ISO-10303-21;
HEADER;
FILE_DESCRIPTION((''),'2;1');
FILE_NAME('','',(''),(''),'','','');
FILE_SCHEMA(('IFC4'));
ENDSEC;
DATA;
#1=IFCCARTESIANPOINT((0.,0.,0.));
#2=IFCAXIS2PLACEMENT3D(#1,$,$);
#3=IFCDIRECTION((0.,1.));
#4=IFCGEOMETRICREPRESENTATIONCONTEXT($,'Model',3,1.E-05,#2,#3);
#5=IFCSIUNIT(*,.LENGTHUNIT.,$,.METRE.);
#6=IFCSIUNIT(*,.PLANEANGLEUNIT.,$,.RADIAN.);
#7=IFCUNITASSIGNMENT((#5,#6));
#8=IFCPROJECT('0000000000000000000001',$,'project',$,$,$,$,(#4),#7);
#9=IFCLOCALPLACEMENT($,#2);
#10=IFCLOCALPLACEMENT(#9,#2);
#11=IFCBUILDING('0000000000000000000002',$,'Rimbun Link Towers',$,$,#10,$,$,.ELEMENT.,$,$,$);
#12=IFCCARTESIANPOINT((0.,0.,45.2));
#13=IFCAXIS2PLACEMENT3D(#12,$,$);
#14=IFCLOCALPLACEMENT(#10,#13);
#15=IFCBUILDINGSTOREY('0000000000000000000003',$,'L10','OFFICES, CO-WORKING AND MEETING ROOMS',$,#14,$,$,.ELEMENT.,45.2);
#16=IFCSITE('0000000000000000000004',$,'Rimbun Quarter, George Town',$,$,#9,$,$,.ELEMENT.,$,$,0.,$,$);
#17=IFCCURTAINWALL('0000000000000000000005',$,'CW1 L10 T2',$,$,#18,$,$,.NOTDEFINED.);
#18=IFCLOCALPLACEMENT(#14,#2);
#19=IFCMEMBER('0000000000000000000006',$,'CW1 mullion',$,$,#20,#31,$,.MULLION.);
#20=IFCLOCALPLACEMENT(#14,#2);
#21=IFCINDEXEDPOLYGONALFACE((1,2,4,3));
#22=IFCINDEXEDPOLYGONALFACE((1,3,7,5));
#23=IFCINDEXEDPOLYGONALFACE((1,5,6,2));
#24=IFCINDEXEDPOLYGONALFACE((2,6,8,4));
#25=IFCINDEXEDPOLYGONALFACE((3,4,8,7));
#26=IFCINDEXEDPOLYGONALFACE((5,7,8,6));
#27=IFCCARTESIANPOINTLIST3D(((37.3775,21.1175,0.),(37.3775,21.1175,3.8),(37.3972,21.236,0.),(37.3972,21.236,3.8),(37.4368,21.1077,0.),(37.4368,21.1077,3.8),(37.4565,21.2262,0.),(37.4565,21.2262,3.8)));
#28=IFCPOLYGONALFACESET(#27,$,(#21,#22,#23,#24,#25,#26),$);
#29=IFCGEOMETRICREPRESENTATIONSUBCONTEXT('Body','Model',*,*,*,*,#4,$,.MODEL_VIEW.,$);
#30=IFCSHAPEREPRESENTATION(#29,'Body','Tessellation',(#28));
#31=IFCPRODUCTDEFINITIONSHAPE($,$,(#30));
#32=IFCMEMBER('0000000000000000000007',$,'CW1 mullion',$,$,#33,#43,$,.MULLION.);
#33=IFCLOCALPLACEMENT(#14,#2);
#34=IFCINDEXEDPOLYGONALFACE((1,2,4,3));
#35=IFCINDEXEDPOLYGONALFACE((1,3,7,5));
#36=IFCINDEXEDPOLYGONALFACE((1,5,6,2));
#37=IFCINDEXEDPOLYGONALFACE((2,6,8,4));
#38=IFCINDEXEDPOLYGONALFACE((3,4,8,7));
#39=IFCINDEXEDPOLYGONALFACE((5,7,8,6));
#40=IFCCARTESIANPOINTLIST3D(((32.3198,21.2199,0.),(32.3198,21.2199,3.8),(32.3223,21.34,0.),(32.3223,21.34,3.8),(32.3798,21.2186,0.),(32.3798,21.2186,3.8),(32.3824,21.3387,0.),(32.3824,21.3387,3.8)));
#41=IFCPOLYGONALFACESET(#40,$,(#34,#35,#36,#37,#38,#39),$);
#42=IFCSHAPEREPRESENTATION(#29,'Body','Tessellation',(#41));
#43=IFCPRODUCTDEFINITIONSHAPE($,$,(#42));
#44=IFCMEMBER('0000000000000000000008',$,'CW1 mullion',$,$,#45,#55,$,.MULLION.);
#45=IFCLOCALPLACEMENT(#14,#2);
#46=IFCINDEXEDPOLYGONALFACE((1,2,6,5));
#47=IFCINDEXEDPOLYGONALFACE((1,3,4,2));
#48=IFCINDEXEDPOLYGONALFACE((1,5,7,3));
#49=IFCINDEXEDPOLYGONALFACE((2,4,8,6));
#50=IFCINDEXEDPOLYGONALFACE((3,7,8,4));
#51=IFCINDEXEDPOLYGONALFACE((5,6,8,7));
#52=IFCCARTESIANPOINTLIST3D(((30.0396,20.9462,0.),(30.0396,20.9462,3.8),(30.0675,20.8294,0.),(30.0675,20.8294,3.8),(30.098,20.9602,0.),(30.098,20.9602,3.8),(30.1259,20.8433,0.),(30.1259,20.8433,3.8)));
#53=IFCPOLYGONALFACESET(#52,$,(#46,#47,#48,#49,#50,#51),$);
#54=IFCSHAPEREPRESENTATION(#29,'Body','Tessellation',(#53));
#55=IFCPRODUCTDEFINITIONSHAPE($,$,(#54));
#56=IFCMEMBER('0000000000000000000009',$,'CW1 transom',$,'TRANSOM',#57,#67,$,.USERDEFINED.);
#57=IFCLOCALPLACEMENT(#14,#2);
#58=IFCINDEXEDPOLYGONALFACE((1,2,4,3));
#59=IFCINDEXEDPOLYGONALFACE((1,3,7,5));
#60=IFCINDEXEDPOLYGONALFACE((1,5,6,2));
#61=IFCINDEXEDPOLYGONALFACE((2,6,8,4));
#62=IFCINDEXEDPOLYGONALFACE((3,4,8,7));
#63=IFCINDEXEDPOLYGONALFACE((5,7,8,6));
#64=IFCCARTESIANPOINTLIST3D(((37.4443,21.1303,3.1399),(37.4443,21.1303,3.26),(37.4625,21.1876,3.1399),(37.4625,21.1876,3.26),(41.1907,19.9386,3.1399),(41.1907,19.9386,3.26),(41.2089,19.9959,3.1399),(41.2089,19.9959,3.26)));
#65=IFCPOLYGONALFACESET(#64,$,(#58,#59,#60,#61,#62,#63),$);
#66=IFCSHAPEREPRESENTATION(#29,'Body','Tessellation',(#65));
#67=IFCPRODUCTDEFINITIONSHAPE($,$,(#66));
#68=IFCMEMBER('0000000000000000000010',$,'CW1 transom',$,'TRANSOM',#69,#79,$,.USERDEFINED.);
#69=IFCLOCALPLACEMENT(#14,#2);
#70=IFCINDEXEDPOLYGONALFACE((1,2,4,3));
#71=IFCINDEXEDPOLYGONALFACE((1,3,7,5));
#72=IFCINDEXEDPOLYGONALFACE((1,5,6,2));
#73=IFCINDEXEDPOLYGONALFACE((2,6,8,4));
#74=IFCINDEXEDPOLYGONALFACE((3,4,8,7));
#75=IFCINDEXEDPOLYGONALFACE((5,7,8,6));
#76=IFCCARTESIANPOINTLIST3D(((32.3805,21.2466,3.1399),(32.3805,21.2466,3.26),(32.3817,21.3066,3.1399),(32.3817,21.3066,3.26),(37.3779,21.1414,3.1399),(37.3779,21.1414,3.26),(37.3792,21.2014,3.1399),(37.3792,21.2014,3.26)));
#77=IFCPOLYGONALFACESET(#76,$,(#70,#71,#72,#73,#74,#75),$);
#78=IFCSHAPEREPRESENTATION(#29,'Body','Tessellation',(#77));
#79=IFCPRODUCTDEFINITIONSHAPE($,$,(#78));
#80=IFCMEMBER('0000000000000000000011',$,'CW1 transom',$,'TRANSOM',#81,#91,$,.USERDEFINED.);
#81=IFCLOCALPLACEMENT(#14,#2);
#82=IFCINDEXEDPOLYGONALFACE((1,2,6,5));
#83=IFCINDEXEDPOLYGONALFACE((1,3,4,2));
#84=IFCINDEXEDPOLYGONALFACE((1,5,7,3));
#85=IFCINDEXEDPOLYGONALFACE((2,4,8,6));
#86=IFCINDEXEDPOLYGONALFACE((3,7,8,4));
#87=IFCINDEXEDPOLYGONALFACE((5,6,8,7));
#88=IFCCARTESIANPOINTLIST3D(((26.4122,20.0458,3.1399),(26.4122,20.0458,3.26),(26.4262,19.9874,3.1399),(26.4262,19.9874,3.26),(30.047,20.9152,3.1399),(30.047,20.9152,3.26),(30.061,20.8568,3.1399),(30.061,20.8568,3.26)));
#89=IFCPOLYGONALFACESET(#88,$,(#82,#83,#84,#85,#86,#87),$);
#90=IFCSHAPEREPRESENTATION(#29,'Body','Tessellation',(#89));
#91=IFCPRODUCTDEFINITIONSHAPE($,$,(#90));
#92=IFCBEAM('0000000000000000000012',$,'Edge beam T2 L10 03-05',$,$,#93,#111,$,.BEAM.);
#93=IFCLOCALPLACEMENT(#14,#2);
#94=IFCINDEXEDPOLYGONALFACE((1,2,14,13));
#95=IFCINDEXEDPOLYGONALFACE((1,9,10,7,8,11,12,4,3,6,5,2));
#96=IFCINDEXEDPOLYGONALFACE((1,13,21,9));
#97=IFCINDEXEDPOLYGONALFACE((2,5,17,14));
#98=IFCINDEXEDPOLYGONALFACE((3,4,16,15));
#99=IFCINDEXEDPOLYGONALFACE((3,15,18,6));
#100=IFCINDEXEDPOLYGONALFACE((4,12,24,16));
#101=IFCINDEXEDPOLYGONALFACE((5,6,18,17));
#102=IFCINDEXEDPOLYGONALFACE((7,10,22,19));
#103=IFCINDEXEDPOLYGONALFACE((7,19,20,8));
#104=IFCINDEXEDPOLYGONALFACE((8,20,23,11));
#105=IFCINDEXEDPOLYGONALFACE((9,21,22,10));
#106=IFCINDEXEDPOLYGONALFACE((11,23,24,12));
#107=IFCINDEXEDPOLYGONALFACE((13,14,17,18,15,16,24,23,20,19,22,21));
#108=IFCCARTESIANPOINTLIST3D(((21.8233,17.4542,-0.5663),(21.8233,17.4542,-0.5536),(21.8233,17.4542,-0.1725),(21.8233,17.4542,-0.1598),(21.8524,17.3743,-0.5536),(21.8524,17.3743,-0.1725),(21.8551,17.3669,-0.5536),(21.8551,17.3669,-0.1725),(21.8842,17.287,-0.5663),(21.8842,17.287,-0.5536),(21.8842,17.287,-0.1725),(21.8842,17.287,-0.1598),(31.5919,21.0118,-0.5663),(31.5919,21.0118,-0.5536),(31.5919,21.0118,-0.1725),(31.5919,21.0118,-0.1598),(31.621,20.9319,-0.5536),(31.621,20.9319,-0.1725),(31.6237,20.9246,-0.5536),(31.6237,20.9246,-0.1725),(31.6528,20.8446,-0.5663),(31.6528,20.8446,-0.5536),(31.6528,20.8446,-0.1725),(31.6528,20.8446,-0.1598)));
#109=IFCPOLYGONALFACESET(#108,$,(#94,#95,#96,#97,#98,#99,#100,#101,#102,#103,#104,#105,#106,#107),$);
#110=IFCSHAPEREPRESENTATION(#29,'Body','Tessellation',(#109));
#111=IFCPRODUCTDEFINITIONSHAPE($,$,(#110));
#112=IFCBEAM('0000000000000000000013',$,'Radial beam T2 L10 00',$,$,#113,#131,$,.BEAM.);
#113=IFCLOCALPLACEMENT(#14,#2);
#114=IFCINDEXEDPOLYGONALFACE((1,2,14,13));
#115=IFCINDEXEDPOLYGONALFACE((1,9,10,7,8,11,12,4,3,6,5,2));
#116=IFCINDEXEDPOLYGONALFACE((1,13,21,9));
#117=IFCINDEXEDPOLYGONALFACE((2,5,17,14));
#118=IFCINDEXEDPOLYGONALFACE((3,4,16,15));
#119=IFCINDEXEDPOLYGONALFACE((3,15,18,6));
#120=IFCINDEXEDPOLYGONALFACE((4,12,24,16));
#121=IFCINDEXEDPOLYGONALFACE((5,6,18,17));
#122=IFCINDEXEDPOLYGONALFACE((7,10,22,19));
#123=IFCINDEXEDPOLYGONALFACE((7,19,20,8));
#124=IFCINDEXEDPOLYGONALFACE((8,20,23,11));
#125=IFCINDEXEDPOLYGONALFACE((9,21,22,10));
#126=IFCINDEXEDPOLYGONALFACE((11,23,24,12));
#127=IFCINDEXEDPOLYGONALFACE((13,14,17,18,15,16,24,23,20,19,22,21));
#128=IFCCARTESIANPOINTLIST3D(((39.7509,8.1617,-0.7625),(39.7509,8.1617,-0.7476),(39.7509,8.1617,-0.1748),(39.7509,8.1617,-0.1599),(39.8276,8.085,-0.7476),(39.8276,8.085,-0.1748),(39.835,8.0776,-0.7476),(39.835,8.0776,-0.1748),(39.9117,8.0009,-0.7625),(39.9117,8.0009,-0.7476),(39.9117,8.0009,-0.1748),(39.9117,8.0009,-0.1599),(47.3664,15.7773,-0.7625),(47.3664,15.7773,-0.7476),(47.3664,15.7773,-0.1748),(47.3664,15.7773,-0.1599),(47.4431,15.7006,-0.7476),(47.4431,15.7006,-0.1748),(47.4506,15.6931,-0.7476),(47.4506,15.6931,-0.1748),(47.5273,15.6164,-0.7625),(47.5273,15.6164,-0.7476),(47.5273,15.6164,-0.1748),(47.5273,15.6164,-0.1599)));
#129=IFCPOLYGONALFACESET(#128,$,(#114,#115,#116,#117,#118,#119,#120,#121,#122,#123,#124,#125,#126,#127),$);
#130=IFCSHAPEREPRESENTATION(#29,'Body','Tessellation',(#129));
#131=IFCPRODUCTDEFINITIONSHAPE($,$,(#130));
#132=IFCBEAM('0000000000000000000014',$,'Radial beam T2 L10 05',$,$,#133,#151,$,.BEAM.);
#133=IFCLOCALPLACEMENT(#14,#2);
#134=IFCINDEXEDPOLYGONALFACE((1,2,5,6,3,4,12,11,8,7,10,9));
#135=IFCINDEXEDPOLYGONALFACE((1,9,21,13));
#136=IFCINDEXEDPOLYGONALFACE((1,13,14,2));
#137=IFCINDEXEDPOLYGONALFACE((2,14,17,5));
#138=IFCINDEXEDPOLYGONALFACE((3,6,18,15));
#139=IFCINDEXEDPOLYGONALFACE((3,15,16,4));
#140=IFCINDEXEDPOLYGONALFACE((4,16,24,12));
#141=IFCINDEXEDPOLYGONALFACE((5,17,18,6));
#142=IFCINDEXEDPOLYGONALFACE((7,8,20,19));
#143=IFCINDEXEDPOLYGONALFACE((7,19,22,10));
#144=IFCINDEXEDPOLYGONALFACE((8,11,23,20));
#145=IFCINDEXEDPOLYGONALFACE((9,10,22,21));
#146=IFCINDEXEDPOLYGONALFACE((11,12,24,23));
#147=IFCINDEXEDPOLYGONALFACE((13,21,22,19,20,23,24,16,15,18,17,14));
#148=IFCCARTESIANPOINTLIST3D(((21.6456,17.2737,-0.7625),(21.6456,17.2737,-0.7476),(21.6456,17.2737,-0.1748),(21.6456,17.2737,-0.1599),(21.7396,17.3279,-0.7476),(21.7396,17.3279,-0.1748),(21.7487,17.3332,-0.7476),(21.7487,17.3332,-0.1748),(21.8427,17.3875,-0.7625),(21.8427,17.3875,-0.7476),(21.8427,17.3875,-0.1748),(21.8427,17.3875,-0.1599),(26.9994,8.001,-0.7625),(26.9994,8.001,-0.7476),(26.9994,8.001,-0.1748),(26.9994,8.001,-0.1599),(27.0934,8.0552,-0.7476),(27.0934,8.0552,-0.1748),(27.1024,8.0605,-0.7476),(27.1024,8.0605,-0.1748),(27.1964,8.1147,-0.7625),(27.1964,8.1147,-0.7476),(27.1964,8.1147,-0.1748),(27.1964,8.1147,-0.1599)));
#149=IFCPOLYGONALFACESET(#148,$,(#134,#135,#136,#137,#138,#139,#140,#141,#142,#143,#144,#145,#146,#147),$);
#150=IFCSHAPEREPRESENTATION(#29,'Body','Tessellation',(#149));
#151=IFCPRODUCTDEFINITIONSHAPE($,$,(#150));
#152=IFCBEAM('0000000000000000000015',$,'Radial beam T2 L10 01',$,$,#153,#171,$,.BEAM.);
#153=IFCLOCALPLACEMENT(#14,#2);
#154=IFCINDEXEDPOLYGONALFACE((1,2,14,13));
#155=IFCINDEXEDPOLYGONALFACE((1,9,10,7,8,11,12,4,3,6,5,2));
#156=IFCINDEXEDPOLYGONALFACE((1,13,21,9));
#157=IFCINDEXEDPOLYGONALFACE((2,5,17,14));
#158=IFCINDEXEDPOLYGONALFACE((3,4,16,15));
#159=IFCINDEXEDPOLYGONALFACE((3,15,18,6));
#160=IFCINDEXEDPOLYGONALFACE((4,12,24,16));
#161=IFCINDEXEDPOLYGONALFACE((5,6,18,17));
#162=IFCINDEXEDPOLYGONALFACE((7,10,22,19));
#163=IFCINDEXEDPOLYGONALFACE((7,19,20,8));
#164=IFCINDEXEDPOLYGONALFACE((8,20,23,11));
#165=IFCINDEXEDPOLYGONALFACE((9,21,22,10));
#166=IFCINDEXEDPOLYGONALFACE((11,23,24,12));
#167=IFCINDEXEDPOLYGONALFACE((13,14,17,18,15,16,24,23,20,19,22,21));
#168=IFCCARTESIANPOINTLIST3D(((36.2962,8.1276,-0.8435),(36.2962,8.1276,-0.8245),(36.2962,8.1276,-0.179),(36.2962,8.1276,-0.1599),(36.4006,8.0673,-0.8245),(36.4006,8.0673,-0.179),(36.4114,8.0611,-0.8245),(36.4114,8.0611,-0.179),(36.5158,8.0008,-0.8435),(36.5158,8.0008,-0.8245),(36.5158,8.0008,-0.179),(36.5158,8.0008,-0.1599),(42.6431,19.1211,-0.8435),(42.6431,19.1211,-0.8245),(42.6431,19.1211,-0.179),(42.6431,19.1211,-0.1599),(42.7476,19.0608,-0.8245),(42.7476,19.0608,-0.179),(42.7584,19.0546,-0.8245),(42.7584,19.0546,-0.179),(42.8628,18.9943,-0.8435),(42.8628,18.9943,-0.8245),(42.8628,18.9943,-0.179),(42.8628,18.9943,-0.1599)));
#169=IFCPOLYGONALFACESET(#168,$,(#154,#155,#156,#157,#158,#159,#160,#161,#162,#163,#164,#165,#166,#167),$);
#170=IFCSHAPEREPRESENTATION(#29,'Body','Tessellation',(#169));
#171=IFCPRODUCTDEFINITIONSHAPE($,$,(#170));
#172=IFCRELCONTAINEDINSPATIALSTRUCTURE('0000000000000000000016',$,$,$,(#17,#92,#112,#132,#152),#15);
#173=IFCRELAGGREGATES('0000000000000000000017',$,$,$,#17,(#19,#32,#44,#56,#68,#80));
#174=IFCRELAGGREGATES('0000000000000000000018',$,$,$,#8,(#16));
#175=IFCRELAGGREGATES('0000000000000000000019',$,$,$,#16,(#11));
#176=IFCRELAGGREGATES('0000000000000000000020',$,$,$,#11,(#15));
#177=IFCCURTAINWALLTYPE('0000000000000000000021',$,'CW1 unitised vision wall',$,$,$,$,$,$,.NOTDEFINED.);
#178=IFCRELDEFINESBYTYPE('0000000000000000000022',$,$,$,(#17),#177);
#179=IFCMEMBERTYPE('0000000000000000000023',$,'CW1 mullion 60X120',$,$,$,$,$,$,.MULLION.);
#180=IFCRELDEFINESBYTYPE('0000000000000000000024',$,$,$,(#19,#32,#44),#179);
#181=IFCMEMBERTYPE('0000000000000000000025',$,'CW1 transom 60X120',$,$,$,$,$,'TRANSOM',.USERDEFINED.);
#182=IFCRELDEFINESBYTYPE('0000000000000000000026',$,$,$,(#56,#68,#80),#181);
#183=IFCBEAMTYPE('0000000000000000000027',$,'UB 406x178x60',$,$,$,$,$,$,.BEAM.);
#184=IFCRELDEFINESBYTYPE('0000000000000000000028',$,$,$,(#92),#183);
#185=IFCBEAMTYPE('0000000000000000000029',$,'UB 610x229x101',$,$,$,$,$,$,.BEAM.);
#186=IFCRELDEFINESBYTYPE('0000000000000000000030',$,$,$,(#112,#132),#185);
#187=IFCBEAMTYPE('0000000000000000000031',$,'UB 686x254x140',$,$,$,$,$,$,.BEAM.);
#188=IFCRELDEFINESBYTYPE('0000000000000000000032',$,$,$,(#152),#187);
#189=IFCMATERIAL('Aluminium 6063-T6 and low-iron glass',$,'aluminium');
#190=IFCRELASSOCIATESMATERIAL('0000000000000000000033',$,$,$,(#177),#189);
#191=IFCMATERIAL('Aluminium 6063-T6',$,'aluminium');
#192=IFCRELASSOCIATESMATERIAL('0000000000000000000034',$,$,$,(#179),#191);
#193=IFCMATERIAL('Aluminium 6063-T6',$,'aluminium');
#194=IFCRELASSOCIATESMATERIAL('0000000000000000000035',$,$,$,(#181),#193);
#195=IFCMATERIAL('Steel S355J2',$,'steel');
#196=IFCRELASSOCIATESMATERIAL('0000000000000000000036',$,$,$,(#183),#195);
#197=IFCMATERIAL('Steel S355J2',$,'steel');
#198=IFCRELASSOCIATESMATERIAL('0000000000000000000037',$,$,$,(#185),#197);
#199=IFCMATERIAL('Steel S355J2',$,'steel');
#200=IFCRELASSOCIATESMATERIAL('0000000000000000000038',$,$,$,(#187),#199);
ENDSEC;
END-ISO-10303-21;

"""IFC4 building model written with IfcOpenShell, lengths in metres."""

from ifc_helpers import new_model, si_unit, direction, frame, origin, origin_2d, place, context, subcontext, project, spatial, rectangle, i_section, extrude, material, material_profile, profile_set, type_object, element, aggregate, save


model = new_model("IFC4")

# Units and contexts
model_context = context("Model", 3, precision=1e-05, world=origin(), true_north=direction((0.0, 1.0)))
body_context = subcontext(model_context, "Body", "Model", "MODEL_VIEW")
ifc_project = project(units=[si_unit("LENGTHUNIT", "METRE"), si_unit("PLANEANGLEUNIT", "RADIAN")], contexts=[model_context])

# Site, building, storey
site_placement = place(None, origin())
site = spatial("IfcSite", under=ifc_project, at=site_placement, Name="Rimbun Quarter, George Town", CompositionType="ELEMENT", RefElevation=0.0)
building_placement = place(site_placement, origin())
building = spatial("IfcBuilding", under=site, at=building_placement, Name="Rimbun Link Towers", CompositionType="ELEMENT")
storey_placement = place(building_placement, frame((0.0, 0.0, 45.2)))
storey = spatial("IfcBuildingStorey", under=building, at=storey_placement, Name="L10", Description="OFFICES, CO-WORKING AND MEETING ROOMS", CompositionType="ELEMENT", Elevation=45.2)

# Curtain wall, members
ifc_material_1 = material(Name="Aluminium 6063-T6 and low-iron glass", Category="aluminium")
curtain_wall_type = type_object("IfcCurtainWallType", Name="CW1 unitised vision wall", PredefinedType="NOTDEFINED", material=ifc_material_1)
curtain_wall_placement = place(storey_placement, origin())
curtain_wall = element("IfcCurtainWall", 1, at=curtain_wall_placement, inside=storey, type_object=curtain_wall_type, Name="CW1 L10 T2", PredefinedType="NOTDEFINED")
ifc_material_2 = material(Name="Aluminium 6063-T6", Category="aluminium")
ifc_material_profile_1 = material_profile(ifc_material_2, rectangle(XDim=0.1201, YDim=0.0601, at=origin_2d()), Name="MULLION 60X120")
ifc_profile_set_1 = profile_set([ifc_material_profile_1], Name="Aluminium 6063-T6")
member_type_1 = type_object("IfcMemberType", Name="CW1 mullion 60X120", PredefinedType="MULLION", material=ifc_profile_set_1)
member_1_placement = place(storey_placement, frame((37.417, 21.1719, 0.0), z_axis=(0.0, 0.0, 1.0), x_axis=(0.16375, 0.986502, 0.0)))
member_1 = element("IfcMember", 2, at=member_1_placement, type_object=member_type_1, Name="CW1 mullion", PredefinedType="MULLION", context=body_context, shape_type="SweptSolid", body=[
    extrude(rectangle(XDim=0.1201, YDim=0.0601, at=origin_2d()), origin(), (0.0, 0.0, 1.0), 3.8),
])
member_2_placement = place(storey_placement, frame((32.3511, 21.2793, 0.0), z_axis=(0.0, 0.0, 1.0), x_axis=(0.021066, 0.999778, 0.0)))
member_2 = element("IfcMember", 3, at=member_2_placement, type_object=member_type_1, Name="CW1 mullion", PredefinedType="MULLION", context=body_context, shape_type="SweptSolid", body=[
    extrude(rectangle(XDim=0.1201, YDim=0.0601, at=origin_2d()), origin(), (0.0, 0.0, 1.0), 3.8),
])
member_3_placement = place(storey_placement, frame((30.0828, 20.8948, 0.0), z_axis=(0.0, 0.0, 1.0), x_axis=(-0.23261, 0.97257, 0.0)))
member_3 = element("IfcMember", 4, at=member_3_placement, type_object=member_type_1, Name="CW1 mullion", PredefinedType="MULLION", context=body_context, shape_type="SweptSolid", body=[
    extrude(rectangle(XDim=0.1201, YDim=0.0601, at=origin_2d()), origin(), (0.0, 0.0, 1.0), 3.8),
])
ifc_material_3 = material(Name="Aluminium 6063-T6", Category="aluminium")
ifc_material_profile_2 = material_profile(ifc_material_3, rectangle(XDim=0.0601, YDim=0.1201, at=origin_2d()), Name="TRANSOM 60X120")
ifc_profile_set_2 = profile_set([ifc_material_profile_2], Name="Aluminium 6063-T6")
member_type_2 = type_object("IfcMemberType", Name="CW1 transom 60X120", ElementType="TRANSOM", PredefinedType="USERDEFINED", material=ifc_profile_set_2)
member_4_placement = place(storey_placement, frame((37.4534, 21.1589, 3.2), z_axis=(0.952953, -0.303119, 0.0), x_axis=(0.303119, 0.952953, 0.0)))
member_4 = element("IfcMember", 5, at=member_4_placement, type_object=member_type_2, Name="CW1 transom", ObjectType="TRANSOM", PredefinedType="USERDEFINED", context=body_context, shape_type="SweptSolid", body=[
    extrude(rectangle(XDim=0.0601, YDim=0.1201, at=origin_2d()), origin(), (0.0, 0.0, 1.0), 3.9314),
])
member_5_placement = place(storey_placement, frame((32.3811, 21.2766, 3.2), z_axis=(0.999778, -0.021052, 0.0), x_axis=(0.021052, 0.999778, 0.0)))
member_5 = element("IfcMember", 6, at=member_5_placement, type_object=member_type_2, Name="CW1 transom", ObjectType="TRANSOM", PredefinedType="USERDEFINED", context=body_context, shape_type="SweptSolid", body=[
    extrude(rectangle(XDim=0.0601, YDim=0.1201, at=origin_2d()), origin(), (0.0, 0.0, 1.0), 4.9985),
])
member_6_placement = place(storey_placement, frame((26.4192, 20.0166, 3.2), z_axis=(0.972567, 0.232624, 0.0), x_axis=(-0.232624, 0.972567, 0.0)))
member_6 = element("IfcMember", 7, at=member_6_placement, type_object=member_type_2, Name="CW1 transom", ObjectType="TRANSOM", PredefinedType="USERDEFINED", context=body_context, shape_type="SweptSolid", body=[
    extrude(rectangle(XDim=0.0601, YDim=0.1201, at=origin_2d()), origin(), (0.0, 0.0, 1.0), 3.7373),
])

# Beams
ifc_material_4 = material(Name="Steel S355J2", Category="steel")
ifc_material_profile_3 = material_profile(ifc_material_4, i_section(OverallWidth=0.178, OverallDepth=0.4065, WebThickness=0.0078, FlangeThickness=0.0127, at=origin_2d()), Name="UB 406x178x60")
ifc_profile_set_3 = profile_set([ifc_material_profile_3], Name="Steel S355J2")
beam_type_1 = type_object("IfcBeamType", Name="UB 406x178x60", PredefinedType="BEAM", material=ifc_profile_set_3)
beam_1_placement = place(storey_placement, frame((31.6223, 20.9282, -0.363), z_axis=(-0.939626, -0.342203, 0.0), x_axis=(0.342203, -0.939626, 0.0)))
element("IfcBeam", 8, at=beam_1_placement, inside=storey, type_object=beam_type_1, Name="Edge beam T2 L10 03-05", PredefinedType="BEAM", context=body_context, shape_type="SweptSolid", body=[
    extrude(i_section(OverallWidth=0.178, OverallDepth=0.4065, WebThickness=0.0078, FlangeThickness=0.0127, at=origin_2d()), origin(), (0.0, 0.0, 1.0), 10.3962),
])
ifc_material_5 = material(Name="Steel S355J2", Category="steel")
ifc_material_profile_4 = material_profile(ifc_material_5, i_section(OverallWidth=0.2275, OverallDepth=0.6025, WebThickness=0.0105, FlangeThickness=0.0149, at=origin_2d()), Name="UB 610x229x101")
ifc_profile_set_4 = profile_set([ifc_material_profile_4], Name="Steel S355J2")
beam_type_2 = type_object("IfcBeamType", Name="UB 610x229x101", PredefinedType="BEAM", material=ifc_profile_set_4)
beam_2_placement = place(storey_placement, frame((39.8313, 8.0813, -0.4612), z_axis=(0.707107, 0.707107, 0.0), x_axis=(-0.707107, 0.707107, 0.0)))
element("IfcBeam", 9, at=beam_2_placement, inside=storey, type_object=beam_type_2, Name="Radial beam T2 L10 00", PredefinedType="BEAM", context=body_context, shape_type="SweptSolid", body=[
    extrude(i_section(OverallWidth=0.2275, OverallDepth=0.6025, WebThickness=0.0105, FlangeThickness=0.0149, at=origin_2d()), origin(), (0.0, 0.0, 1.0), 10.77),
])
beam_3_placement = place(storey_placement, frame((27.0979, 8.0579, -0.4612), z_axis=(-0.500011, 0.866019, 0.0), x_axis=(-0.866019, -0.500011, 0.0)))
element("IfcBeam", 10, at=beam_3_placement, inside=storey, type_object=beam_type_2, Name="Radial beam T2 L10 05", PredefinedType="BEAM", context=body_context, shape_type="SweptSolid", body=[
    extrude(i_section(OverallWidth=0.2275, OverallDepth=0.6025, WebThickness=0.0105, FlangeThickness=0.0149, at=origin_2d()), origin(), (0.0, 0.0, 1.0), 10.7073),
])
ifc_material_6 = material(Name="Steel S355J2", Category="steel")
ifc_material_profile_5 = material_profile(ifc_material_6, i_section(OverallWidth=0.2537, OverallDepth=0.6836, WebThickness=0.0125, FlangeThickness=0.019, at=origin_2d()), Name="UB 686x254x140")
ifc_profile_set_5 = profile_set([ifc_material_profile_5], Name="Steel S355J2")
beam_type_3 = type_object("IfcBeamType", Name="UB 686x254x140", PredefinedType="BEAM", material=ifc_profile_set_5)
beam_4_placement = place(storey_placement, frame((36.406, 8.0642, -0.5017), z_axis=(0.499993, 0.86603, 0.0), x_axis=(-0.86603, 0.499993, 0.0)))
element("IfcBeam", 11, at=beam_4_placement, inside=storey, type_object=beam_type_3, Name="Radial beam T2 L10 01", PredefinedType="BEAM", context=body_context, shape_type="SweptSolid", body=[
    extrude(i_section(OverallWidth=0.2537, OverallDepth=0.6836, WebThickness=0.0125, FlangeThickness=0.019, at=origin_2d()), origin(), (0.0, 0.0, 1.0), 12.6941),
])

aggregate(curtain_wall, [member_1, member_2, member_3, member_4, member_5, member_6])

save(model, "model.ifc")
